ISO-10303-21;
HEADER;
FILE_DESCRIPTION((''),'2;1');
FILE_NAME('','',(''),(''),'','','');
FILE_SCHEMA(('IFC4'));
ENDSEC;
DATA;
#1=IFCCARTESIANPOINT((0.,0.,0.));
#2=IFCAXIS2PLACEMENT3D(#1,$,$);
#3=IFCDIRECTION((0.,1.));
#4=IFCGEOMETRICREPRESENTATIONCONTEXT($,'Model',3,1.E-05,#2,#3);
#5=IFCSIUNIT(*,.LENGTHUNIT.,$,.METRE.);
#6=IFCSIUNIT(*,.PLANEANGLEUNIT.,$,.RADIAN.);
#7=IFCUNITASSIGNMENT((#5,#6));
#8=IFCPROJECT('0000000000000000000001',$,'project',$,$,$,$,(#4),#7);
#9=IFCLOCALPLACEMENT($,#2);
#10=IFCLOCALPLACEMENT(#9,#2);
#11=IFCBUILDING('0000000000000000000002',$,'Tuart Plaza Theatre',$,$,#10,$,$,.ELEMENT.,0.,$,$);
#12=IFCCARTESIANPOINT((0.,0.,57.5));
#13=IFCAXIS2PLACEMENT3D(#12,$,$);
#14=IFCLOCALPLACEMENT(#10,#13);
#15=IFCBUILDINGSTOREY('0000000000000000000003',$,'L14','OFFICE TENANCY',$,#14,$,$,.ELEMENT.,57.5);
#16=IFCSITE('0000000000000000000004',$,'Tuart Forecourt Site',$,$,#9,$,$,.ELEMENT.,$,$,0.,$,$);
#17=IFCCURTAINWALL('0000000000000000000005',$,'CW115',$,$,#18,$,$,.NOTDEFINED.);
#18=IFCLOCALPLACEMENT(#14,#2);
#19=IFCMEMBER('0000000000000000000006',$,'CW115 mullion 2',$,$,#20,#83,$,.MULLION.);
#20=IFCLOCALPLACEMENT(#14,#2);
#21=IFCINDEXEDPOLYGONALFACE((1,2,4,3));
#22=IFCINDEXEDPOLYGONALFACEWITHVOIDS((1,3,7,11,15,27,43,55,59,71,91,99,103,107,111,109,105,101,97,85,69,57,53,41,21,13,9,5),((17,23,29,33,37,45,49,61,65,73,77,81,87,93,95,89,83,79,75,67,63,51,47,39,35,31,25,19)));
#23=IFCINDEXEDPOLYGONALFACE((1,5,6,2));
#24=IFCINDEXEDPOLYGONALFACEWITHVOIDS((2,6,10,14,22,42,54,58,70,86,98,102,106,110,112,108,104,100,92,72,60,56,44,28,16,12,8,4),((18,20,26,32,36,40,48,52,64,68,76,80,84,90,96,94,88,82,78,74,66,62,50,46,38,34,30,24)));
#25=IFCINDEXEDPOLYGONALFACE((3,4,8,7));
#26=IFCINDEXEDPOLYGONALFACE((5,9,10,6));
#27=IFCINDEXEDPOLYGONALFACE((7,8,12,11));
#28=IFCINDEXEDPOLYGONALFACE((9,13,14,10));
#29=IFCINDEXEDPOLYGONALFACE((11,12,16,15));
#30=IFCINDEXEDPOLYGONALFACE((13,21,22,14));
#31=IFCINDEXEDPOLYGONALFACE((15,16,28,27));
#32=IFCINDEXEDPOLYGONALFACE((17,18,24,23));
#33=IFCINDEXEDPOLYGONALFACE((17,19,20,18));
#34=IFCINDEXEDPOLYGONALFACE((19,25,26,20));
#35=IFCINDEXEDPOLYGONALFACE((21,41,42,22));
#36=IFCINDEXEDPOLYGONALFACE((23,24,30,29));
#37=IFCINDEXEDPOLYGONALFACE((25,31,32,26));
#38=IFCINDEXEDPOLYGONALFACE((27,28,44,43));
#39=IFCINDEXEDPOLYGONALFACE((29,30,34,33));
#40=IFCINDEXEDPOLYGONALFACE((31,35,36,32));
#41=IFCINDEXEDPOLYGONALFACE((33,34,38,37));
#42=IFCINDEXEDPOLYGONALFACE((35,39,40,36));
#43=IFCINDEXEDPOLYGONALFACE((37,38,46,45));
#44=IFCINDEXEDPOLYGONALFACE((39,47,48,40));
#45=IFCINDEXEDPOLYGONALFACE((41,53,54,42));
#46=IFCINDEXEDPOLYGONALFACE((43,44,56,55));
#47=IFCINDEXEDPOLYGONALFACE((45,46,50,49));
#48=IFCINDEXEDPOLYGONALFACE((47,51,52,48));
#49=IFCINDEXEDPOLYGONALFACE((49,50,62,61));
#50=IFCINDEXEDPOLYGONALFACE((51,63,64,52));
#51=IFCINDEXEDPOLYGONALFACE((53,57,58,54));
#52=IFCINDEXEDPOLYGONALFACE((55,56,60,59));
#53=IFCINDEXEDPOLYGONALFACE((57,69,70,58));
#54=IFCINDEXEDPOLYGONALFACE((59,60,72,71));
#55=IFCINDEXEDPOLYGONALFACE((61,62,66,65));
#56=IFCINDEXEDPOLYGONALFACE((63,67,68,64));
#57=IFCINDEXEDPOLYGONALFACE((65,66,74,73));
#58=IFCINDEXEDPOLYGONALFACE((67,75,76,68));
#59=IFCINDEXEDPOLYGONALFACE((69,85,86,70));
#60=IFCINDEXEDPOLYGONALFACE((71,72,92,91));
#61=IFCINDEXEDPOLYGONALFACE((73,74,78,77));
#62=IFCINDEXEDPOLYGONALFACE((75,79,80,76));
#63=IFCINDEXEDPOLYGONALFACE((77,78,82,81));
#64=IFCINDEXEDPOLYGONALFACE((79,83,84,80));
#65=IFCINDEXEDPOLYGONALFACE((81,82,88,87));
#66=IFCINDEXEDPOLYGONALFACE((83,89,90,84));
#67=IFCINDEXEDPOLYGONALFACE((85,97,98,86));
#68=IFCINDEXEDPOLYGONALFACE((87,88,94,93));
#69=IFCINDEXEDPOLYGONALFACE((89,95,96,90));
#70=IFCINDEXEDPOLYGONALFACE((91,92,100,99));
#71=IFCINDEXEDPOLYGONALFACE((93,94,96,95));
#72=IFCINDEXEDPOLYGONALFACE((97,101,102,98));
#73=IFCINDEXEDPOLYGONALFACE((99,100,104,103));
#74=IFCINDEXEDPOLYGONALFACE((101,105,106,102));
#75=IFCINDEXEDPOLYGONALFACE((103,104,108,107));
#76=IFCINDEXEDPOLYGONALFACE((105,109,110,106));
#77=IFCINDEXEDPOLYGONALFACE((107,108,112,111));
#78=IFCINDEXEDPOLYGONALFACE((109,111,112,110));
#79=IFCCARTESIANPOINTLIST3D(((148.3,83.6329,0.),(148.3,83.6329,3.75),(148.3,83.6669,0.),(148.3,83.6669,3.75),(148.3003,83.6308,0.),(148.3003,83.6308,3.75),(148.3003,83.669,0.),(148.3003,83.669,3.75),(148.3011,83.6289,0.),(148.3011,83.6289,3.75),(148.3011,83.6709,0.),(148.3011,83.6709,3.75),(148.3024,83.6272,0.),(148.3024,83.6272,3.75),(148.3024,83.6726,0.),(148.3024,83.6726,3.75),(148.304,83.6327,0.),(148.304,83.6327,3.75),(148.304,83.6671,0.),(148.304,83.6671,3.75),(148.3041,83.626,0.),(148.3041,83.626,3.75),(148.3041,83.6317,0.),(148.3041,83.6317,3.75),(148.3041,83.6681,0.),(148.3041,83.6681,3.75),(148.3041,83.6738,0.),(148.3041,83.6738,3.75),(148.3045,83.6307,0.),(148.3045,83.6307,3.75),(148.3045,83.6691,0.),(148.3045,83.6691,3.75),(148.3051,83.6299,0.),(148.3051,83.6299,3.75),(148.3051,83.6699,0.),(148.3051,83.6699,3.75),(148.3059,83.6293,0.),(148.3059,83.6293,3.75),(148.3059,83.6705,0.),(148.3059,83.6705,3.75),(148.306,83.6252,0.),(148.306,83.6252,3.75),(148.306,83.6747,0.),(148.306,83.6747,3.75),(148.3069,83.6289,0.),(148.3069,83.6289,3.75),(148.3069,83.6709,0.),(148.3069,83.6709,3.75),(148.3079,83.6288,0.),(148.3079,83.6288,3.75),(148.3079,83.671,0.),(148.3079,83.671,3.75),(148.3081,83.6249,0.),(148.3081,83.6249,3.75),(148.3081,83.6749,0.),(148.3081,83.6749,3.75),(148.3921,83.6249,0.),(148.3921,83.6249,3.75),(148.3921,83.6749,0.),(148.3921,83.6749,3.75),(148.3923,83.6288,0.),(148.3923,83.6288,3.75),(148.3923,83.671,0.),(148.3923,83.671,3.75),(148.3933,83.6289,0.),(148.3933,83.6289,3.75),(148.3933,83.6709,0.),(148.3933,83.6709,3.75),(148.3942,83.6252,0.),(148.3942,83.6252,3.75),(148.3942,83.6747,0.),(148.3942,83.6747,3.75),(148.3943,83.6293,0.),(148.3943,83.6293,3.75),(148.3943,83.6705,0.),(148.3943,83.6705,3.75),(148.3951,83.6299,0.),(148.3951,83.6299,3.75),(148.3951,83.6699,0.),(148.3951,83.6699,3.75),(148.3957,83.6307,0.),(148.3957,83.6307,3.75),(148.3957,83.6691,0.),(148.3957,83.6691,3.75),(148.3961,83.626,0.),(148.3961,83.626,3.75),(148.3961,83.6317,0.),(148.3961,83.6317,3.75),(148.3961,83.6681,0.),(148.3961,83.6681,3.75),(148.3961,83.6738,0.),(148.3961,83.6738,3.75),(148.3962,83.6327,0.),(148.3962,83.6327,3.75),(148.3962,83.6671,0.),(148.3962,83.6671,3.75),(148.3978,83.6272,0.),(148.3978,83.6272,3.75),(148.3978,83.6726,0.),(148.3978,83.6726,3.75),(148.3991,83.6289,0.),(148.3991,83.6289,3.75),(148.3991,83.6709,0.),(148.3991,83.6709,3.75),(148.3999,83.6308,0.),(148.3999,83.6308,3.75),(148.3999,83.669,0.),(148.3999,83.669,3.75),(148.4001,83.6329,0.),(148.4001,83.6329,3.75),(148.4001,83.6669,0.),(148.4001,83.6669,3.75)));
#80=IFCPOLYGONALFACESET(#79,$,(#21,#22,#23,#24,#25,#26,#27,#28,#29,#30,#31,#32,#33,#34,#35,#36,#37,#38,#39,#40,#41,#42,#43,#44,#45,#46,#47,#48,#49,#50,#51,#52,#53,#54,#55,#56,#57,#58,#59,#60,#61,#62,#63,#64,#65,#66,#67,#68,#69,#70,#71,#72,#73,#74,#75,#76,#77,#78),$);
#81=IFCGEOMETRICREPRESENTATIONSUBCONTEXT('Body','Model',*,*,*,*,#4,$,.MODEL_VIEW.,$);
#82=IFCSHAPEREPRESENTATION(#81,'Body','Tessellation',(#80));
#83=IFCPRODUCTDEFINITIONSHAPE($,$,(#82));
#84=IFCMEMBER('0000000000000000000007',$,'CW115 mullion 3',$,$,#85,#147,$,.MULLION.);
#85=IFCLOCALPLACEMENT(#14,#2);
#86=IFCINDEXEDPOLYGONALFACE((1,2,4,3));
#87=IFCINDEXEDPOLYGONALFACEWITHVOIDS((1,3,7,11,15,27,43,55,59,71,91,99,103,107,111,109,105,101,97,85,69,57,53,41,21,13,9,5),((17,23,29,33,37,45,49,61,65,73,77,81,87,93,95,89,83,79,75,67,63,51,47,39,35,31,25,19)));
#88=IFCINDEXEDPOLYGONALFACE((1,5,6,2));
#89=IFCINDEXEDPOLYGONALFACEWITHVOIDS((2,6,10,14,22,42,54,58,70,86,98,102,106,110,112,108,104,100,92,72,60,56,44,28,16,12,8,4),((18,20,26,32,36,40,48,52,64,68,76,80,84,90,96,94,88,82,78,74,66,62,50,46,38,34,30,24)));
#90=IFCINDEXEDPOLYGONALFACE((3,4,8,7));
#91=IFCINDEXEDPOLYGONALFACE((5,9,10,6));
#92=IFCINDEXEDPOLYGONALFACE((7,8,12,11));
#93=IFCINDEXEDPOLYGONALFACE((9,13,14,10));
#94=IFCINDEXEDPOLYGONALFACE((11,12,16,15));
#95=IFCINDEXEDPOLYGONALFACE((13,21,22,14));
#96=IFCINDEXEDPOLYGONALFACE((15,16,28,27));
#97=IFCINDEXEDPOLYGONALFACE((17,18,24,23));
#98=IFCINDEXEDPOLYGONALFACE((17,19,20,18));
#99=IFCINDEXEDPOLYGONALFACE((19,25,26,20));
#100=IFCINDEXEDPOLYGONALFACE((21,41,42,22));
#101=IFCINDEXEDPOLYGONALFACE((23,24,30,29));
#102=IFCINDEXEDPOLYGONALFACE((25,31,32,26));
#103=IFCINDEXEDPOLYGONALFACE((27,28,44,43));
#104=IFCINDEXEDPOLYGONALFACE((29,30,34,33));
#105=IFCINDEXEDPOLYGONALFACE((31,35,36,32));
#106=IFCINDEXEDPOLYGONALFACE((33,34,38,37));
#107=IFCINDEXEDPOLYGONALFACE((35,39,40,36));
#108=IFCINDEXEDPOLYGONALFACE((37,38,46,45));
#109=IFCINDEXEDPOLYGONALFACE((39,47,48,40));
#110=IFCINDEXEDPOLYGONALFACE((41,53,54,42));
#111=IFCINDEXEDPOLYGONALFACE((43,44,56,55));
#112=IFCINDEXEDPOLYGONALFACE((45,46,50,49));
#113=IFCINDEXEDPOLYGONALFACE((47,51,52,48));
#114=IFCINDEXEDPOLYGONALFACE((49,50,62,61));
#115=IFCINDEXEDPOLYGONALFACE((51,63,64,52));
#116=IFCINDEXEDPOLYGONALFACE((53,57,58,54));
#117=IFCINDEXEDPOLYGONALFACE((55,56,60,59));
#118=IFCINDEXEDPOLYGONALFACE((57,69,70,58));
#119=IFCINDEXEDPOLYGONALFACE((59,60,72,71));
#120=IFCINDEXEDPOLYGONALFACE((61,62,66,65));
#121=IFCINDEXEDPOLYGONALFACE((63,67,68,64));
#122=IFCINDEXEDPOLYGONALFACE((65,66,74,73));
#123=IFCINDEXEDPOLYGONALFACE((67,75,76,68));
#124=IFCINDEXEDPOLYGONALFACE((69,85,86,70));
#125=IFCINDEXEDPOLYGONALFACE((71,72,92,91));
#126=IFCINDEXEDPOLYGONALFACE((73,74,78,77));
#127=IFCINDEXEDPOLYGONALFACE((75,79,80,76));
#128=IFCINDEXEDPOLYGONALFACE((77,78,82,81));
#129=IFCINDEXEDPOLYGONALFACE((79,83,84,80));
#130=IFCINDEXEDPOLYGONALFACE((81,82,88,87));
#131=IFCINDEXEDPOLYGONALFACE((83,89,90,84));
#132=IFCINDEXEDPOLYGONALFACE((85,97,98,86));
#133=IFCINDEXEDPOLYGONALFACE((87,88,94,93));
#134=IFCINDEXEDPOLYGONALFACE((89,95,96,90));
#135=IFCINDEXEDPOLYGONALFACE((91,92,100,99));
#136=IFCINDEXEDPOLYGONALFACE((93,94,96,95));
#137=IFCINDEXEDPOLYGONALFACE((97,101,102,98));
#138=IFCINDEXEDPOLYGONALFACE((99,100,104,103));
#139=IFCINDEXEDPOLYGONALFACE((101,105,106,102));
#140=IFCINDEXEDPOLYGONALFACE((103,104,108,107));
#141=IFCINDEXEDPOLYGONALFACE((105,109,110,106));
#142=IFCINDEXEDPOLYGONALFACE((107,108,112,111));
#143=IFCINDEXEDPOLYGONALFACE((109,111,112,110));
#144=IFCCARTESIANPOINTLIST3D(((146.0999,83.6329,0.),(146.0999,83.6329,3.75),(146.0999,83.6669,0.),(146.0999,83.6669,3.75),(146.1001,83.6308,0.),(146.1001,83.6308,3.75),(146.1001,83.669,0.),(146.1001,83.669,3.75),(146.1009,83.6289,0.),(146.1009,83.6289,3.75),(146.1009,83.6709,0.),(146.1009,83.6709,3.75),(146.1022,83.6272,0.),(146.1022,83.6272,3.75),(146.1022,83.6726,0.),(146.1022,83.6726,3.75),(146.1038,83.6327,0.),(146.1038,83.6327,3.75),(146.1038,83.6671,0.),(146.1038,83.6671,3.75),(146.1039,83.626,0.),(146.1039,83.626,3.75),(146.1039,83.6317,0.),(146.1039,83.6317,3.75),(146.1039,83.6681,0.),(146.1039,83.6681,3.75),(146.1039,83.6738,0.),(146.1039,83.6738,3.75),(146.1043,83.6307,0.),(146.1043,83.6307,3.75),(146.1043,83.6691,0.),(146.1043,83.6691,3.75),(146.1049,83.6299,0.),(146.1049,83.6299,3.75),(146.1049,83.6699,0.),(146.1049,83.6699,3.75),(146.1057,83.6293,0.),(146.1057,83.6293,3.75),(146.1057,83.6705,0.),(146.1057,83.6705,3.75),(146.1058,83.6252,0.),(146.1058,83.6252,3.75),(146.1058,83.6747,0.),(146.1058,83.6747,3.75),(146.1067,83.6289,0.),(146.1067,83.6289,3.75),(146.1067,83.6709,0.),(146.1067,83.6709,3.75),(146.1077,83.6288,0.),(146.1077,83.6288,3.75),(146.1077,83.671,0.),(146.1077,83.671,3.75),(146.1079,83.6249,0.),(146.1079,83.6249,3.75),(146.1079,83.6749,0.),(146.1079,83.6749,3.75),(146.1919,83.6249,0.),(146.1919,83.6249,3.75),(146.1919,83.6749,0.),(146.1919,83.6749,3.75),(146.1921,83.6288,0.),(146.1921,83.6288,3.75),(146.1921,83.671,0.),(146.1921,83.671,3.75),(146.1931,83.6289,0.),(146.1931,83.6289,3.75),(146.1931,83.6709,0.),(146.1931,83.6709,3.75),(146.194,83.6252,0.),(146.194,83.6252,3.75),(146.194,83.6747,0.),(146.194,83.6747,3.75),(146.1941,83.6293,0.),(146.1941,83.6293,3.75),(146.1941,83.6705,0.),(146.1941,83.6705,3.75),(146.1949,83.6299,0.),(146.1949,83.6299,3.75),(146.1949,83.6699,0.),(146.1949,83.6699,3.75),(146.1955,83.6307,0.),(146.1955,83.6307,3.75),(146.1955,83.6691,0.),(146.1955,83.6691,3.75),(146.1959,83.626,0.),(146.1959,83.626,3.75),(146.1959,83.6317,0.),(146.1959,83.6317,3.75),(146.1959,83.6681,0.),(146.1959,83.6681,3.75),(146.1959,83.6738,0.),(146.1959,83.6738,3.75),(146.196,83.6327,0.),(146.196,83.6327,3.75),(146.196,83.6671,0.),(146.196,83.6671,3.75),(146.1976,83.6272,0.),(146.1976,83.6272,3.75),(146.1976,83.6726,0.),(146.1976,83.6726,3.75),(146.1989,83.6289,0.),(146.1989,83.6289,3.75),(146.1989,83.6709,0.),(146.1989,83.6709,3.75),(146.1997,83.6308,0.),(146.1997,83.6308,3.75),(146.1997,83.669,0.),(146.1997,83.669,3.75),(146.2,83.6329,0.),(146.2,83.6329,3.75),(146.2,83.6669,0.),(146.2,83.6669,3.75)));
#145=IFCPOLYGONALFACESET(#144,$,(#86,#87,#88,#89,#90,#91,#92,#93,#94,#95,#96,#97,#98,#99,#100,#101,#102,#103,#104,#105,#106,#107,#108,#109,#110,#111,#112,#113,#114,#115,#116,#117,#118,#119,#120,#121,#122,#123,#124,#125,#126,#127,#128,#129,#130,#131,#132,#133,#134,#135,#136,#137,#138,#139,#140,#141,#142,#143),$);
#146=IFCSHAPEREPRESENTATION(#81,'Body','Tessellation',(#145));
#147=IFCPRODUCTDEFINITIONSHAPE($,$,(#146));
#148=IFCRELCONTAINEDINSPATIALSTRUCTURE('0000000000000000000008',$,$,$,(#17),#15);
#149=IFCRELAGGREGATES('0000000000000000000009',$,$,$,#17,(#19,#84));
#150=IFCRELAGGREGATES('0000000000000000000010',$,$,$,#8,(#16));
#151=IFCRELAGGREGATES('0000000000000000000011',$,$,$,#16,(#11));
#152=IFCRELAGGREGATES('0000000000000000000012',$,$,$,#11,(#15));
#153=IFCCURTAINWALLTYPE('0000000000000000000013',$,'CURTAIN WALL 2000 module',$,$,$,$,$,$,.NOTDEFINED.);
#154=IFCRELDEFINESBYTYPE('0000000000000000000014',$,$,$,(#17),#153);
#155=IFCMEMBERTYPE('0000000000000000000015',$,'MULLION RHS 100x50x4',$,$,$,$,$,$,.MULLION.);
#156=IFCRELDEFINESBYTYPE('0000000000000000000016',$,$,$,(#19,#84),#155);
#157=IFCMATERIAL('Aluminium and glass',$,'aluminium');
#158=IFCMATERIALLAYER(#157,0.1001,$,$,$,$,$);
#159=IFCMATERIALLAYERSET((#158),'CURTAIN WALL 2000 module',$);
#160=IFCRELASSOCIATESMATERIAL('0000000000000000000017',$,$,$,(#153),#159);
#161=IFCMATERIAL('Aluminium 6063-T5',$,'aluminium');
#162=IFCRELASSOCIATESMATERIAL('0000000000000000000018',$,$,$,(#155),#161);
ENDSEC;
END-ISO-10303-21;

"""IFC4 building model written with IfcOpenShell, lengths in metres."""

from ifc_helpers import new_model, si_unit, direction, frame, origin, origin_2d, place, context, subcontext, project, spatial, hollow_rectangle, extrude, material, layer, layer_set, material_profile, profile_set, type_object, element, aggregate, save


model = new_model("IFC4")

# Units and contexts
model_context = context("Model", 3, precision=1e-05, world=origin(), true_north=direction((0.0, 1.0)))
body_context = subcontext(model_context, "Body", "Model", "MODEL_VIEW")
ifc_project = project(units=[si_unit("LENGTHUNIT", "METRE"), si_unit("PLANEANGLEUNIT", "RADIAN")], contexts=[model_context])

# Site, building, storey
site_placement = place(None, origin())
site = spatial("IfcSite", under=ifc_project, at=site_placement, Name="Tuart Forecourt Site", CompositionType="ELEMENT", RefElevation=0.0)
building_placement = place(site_placement, origin())
building = spatial("IfcBuilding", under=site, at=building_placement, Name="Tuart Plaza Theatre", CompositionType="ELEMENT", ElevationOfRefHeight=0.0)
storey_placement = place(building_placement, frame((0.0, 0.0, 57.5)))
storey = spatial("IfcBuildingStorey", under=building, at=storey_placement, Name="L14", Description="OFFICE TENANCY", CompositionType="ELEMENT", Elevation=57.5)

# Shared definitions
ifc_material_1 = material(Name="Aluminium and glass", Category="aluminium")
ifc_layer_1 = layer(ifc_material_1, 0.1001)
ifc_layer_set_1 = layer_set([ifc_layer_1], Name="CURTAIN WALL 2000 module")
curtain_wall_type = type_object("IfcCurtainWallType", Name="CURTAIN WALL 2000 module", PredefinedType="NOTDEFINED", material=ifc_layer_set_1)
ifc_material_2 = material(Name="Aluminium 6063-T5", Category="aluminium")
ifc_material_profile_1 = material_profile(ifc_material_2, hollow_rectangle(XDim=0.05, YDim=0.1001, WallThickness=0.0039, InnerFilletRadius=0.0039, OuterFilletRadius=0.0081, at=origin_2d()), Name="RHS 100x50x4")
ifc_profile_set_1 = profile_set([ifc_material_profile_1], Name="Aluminium 6063-T5")
member_type_1 = type_object("IfcMemberType", Name="MULLION RHS 100x50x4", PredefinedType="MULLION", material=ifc_profile_set_1)

# Curtain wall, members
curtain_wall_1_placement = place(storey_placement, origin())
curtain_wall_1 = element("IfcCurtainWall", 1, at=curtain_wall_1_placement, inside=storey, type_object=curtain_wall_type, Name="CW115", PredefinedType="NOTDEFINED")
member_1_placement = place(storey_placement, frame((148.3501, 83.6499, 0.0), z_axis=(0.0, 0.0, 1.0), x_axis=(0.0, -1.0, 0.0)))
member_1 = element("IfcMember", 2, at=member_1_placement, type_object=member_type_1, Name="CW115 mullion 2", PredefinedType="MULLION", context=body_context, shape_type="SweptSolid", body=[
    extrude(hollow_rectangle(XDim=0.05, YDim=0.1001, WallThickness=0.0039, InnerFilletRadius=0.0039, OuterFilletRadius=0.0081, at=origin_2d()), origin(), (0.0, 0.0, 1.0), 3.75),
])
member_2_placement = place(storey_placement, frame((146.1499, 83.6499, 0.0), z_axis=(0.0, 0.0, 1.0), x_axis=(0.0, -1.0, 0.0)))
member_2 = element("IfcMember", 3, at=member_2_placement, type_object=member_type_1, Name="CW115 mullion 3", PredefinedType="MULLION", context=body_context, shape_type="SweptSolid", body=[
    extrude(hollow_rectangle(XDim=0.05, YDim=0.1001, WallThickness=0.0039, InnerFilletRadius=0.0039, OuterFilletRadius=0.0081, at=origin_2d()), origin(), (0.0, 0.0, 1.0), 3.75),
])

aggregate(curtain_wall_1, [member_1, member_2])

save(model, "model.ifc")
